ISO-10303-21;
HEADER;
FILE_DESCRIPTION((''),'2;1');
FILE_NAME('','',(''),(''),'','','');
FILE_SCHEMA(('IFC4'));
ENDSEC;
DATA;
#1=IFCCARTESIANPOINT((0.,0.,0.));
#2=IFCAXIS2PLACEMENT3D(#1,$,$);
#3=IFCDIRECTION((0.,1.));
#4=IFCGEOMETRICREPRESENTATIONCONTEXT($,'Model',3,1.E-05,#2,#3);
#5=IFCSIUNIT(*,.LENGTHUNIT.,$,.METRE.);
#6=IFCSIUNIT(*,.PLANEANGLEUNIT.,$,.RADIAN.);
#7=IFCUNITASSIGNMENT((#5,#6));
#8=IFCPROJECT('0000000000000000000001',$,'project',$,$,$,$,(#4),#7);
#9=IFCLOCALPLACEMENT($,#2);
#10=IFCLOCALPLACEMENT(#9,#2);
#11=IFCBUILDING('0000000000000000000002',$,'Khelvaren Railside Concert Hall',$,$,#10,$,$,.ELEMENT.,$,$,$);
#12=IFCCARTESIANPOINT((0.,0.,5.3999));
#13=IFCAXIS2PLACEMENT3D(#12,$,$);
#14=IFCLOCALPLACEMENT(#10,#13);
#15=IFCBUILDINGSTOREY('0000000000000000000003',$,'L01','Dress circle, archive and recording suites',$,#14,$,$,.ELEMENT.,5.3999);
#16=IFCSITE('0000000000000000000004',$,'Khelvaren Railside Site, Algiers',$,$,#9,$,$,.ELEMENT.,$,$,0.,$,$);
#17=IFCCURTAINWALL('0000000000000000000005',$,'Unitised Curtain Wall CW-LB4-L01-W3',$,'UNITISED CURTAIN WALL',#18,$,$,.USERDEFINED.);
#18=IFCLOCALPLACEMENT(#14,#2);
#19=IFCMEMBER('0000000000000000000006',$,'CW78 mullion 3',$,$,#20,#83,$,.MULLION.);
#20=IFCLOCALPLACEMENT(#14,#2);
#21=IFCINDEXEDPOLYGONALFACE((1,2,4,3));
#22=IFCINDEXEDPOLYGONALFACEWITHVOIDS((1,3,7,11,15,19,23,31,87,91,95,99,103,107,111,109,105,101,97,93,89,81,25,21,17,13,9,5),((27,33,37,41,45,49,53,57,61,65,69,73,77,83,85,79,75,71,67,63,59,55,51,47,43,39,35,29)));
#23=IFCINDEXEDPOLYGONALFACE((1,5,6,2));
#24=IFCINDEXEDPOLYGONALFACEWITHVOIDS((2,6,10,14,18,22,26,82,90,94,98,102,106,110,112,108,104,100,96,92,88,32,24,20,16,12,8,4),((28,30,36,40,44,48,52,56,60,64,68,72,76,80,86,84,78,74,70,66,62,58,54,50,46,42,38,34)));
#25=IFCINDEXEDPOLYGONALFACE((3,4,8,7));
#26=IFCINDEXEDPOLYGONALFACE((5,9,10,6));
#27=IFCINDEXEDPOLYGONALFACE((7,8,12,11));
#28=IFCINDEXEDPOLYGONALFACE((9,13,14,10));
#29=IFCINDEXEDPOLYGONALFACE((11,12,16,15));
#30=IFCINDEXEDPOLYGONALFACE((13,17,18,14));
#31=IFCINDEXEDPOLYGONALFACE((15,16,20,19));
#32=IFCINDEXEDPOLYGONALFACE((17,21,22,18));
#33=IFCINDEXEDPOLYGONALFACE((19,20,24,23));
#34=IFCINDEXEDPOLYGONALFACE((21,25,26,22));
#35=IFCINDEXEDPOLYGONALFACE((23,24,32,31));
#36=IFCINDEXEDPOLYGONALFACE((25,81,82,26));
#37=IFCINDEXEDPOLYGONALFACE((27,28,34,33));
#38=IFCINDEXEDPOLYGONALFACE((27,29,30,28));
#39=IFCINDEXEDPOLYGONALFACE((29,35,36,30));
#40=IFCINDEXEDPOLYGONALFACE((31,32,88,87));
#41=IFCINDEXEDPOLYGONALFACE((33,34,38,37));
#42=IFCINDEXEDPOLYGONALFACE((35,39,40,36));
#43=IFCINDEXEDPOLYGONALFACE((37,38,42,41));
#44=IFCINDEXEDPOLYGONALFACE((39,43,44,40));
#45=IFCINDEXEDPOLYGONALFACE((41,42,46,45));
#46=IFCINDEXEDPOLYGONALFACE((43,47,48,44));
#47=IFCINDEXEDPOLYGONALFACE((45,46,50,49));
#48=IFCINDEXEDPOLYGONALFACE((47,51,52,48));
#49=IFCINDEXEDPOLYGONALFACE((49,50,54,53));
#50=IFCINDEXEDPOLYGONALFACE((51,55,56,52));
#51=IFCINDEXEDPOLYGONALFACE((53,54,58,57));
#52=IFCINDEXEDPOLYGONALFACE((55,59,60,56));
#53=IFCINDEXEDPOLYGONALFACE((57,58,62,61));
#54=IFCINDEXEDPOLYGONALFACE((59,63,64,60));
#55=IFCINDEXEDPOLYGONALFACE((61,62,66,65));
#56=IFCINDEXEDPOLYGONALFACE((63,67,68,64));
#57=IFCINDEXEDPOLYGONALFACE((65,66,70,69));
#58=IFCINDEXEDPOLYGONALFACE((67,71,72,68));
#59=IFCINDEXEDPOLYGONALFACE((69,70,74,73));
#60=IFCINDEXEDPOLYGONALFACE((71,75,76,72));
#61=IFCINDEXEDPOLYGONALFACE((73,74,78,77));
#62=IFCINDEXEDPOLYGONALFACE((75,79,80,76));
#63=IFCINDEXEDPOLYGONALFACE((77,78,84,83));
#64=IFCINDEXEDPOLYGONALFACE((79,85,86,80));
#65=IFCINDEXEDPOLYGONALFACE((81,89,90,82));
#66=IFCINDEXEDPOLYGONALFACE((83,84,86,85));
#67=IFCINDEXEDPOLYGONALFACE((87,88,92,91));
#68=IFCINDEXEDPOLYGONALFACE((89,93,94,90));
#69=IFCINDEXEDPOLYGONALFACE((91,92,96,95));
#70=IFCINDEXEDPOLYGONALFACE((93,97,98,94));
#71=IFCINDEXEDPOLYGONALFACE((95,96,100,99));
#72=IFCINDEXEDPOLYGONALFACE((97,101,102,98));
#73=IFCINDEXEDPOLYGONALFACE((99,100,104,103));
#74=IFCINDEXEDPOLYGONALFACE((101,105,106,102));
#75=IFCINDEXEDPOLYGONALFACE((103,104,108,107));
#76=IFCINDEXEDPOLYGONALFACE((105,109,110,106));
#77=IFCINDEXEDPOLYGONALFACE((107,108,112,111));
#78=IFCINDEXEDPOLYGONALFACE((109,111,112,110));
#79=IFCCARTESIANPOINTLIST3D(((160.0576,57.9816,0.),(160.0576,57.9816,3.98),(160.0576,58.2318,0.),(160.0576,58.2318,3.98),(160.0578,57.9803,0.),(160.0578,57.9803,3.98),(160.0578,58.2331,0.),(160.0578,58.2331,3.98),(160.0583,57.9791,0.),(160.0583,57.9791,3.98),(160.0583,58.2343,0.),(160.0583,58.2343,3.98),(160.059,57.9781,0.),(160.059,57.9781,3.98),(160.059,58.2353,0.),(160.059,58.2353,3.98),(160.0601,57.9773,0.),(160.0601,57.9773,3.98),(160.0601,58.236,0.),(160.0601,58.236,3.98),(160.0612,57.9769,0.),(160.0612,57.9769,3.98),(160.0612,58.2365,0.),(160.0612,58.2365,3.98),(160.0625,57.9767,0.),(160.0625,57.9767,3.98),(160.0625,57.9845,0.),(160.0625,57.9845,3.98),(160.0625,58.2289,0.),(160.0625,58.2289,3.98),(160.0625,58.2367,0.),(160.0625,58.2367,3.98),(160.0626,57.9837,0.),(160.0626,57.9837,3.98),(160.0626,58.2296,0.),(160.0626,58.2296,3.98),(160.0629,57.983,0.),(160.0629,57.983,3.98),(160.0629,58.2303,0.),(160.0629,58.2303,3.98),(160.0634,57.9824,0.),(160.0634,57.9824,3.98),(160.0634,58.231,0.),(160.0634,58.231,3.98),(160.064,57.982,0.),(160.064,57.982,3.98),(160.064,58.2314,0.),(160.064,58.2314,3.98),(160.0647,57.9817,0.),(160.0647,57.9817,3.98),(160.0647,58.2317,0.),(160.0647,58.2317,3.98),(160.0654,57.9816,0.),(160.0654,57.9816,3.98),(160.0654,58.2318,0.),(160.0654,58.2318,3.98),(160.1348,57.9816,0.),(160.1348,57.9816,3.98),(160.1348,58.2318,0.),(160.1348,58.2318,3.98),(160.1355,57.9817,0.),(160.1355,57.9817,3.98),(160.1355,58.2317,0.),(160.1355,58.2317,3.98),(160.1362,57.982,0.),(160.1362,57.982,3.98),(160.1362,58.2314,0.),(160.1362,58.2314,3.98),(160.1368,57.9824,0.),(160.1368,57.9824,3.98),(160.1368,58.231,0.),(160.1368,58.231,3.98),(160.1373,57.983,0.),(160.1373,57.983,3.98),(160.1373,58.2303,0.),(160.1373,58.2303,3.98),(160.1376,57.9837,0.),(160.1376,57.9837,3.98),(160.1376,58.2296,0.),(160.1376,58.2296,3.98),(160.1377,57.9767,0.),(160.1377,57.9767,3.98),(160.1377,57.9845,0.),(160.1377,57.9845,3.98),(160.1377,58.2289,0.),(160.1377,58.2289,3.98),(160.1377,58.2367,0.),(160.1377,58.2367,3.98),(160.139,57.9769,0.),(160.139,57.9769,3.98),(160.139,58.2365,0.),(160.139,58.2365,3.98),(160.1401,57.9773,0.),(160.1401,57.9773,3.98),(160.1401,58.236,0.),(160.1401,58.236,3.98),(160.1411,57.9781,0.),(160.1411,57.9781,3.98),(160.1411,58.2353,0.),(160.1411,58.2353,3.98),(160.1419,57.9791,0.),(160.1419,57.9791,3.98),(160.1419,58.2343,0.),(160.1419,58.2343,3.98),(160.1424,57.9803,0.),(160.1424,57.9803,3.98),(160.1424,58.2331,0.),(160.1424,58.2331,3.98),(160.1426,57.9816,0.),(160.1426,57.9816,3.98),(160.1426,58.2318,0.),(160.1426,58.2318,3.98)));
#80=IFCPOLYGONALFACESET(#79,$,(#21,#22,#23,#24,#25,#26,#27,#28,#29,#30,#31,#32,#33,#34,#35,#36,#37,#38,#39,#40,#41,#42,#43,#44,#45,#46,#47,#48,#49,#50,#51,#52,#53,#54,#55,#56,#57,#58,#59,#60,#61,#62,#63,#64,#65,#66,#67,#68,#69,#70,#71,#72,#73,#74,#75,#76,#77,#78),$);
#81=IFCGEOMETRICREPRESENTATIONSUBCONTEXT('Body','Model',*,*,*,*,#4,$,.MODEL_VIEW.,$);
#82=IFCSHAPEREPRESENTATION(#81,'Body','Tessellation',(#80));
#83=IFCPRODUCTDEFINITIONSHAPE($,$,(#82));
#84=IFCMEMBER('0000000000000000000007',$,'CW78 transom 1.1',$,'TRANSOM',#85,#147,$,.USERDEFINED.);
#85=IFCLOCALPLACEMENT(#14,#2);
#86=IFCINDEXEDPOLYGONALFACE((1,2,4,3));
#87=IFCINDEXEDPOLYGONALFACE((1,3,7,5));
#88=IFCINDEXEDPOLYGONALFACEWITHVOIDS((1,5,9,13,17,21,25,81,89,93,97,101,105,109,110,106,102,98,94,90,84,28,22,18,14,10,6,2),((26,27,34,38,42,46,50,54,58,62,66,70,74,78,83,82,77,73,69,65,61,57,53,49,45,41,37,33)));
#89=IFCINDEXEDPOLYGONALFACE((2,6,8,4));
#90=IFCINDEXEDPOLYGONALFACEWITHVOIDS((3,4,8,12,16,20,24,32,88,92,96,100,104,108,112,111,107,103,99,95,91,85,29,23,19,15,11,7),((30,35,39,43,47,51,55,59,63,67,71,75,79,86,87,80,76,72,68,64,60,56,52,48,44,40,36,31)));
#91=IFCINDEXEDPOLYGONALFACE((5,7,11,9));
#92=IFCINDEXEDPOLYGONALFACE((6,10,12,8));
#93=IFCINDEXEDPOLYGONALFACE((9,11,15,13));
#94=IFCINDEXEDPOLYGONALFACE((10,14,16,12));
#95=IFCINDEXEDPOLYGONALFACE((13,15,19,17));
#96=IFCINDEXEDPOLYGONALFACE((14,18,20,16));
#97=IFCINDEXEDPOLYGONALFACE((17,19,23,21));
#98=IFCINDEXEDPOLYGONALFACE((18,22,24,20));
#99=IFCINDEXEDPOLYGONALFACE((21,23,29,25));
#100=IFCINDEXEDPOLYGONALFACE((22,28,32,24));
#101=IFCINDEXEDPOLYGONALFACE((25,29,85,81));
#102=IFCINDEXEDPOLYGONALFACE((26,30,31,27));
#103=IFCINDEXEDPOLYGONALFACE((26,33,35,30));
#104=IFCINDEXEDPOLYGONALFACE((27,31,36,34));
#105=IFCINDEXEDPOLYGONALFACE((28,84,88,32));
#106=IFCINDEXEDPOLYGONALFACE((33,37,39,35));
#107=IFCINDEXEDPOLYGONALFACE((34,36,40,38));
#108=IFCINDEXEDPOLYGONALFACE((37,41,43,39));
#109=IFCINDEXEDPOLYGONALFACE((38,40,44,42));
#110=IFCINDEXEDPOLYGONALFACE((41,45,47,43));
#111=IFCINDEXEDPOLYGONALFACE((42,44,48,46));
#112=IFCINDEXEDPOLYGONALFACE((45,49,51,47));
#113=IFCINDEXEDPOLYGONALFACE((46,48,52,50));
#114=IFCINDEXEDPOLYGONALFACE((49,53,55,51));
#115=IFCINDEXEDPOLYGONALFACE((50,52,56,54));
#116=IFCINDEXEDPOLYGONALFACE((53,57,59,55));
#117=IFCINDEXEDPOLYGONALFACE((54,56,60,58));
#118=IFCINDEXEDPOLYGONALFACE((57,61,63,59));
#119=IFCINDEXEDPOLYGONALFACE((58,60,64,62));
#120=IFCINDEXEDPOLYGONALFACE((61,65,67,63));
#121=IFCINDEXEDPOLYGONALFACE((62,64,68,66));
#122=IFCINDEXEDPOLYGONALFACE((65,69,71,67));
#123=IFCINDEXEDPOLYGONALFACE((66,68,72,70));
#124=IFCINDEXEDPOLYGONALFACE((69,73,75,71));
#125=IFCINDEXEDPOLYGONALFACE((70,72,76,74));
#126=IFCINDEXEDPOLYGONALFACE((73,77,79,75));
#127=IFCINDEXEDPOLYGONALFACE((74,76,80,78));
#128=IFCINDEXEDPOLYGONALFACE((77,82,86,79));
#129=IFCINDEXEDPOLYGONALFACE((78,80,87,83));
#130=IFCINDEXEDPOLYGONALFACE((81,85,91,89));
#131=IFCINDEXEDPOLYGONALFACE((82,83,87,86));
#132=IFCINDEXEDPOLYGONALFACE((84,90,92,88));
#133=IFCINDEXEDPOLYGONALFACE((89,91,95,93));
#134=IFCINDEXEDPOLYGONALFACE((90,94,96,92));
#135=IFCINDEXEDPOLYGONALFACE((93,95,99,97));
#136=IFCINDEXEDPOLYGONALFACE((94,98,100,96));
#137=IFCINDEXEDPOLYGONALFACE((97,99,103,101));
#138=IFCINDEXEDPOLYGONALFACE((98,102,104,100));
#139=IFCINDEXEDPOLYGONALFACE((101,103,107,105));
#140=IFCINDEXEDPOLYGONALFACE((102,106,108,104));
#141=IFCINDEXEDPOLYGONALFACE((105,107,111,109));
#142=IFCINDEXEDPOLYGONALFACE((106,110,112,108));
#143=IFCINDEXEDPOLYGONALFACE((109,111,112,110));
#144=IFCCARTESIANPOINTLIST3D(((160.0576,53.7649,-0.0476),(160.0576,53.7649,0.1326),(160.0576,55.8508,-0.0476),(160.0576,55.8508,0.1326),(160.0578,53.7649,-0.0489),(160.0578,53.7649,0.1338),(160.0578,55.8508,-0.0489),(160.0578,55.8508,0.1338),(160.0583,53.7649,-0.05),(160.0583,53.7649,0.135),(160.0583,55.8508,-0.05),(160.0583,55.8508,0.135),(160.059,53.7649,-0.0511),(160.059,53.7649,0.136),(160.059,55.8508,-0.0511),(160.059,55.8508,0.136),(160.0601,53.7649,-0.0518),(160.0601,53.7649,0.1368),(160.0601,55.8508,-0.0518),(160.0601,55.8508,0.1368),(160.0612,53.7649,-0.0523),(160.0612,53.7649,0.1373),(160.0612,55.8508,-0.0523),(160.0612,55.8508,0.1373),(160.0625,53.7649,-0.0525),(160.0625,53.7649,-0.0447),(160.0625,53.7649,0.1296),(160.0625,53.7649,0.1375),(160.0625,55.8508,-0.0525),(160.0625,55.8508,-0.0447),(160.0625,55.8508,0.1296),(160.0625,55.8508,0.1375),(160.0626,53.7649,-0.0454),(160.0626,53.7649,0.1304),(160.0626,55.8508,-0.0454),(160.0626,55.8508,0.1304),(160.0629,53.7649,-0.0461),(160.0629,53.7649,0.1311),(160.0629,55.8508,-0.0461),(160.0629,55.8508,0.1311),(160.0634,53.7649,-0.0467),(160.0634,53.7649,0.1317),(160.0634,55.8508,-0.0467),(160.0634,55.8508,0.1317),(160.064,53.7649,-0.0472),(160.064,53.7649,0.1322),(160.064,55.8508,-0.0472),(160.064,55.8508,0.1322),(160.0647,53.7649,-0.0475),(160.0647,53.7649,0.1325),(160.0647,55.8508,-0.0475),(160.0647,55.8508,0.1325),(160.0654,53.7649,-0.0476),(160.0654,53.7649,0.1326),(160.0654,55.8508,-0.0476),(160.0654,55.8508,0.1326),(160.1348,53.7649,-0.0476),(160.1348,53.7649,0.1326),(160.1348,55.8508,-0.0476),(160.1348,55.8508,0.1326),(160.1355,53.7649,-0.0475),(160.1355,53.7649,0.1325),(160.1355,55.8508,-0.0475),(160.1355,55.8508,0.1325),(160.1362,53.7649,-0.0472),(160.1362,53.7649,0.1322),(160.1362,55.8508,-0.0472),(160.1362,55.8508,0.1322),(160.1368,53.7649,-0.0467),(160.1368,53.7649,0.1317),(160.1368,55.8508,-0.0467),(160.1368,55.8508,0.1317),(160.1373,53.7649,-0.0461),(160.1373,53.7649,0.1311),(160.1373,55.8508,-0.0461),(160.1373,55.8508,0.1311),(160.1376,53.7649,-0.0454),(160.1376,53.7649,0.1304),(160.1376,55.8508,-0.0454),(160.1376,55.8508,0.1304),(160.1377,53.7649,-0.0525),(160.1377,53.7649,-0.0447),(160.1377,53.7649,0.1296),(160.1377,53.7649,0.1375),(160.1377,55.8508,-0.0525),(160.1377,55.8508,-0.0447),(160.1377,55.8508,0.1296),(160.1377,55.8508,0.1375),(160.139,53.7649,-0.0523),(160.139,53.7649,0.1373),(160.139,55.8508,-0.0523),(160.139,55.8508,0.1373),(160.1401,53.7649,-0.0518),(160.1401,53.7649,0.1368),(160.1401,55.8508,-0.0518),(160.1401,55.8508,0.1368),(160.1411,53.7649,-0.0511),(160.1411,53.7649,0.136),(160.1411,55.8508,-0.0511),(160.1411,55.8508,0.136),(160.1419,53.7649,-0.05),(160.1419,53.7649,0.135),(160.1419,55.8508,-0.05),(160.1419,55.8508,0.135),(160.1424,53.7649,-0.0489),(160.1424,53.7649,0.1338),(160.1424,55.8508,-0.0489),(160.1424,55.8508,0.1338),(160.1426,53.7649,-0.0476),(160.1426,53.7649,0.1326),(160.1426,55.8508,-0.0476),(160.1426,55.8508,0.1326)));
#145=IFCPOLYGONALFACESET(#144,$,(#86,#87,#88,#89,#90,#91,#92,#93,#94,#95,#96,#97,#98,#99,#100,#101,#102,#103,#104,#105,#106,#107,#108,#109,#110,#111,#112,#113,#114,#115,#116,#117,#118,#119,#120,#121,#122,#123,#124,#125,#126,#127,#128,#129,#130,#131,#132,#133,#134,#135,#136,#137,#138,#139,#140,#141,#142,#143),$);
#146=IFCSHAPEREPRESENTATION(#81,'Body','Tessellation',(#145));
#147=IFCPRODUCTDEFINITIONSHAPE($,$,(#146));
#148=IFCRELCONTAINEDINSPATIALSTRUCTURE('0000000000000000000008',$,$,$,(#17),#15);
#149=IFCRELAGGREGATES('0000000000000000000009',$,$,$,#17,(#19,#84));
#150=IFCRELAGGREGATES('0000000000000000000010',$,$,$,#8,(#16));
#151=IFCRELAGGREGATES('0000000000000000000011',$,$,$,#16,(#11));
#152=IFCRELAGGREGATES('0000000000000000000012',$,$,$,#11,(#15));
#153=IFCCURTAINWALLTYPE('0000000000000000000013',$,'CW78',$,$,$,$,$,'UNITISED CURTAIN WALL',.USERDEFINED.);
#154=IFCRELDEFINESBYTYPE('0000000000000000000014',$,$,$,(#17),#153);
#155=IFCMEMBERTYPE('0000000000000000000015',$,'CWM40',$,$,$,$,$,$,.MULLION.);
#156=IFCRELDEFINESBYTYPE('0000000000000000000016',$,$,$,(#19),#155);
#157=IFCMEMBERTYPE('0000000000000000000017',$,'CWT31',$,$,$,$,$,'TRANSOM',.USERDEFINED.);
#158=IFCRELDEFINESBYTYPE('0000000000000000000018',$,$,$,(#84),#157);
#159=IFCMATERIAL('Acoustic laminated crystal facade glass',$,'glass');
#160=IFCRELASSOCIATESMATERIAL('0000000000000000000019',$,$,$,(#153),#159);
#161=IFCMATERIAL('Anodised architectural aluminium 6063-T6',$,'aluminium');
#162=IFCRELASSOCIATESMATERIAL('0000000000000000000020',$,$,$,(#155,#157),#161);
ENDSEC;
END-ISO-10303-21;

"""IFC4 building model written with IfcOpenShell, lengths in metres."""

from ifc_helpers import new_model, si_unit, direction, frame, origin, origin_2d, place, context, subcontext, project, spatial, hollow_rectangle, extrude, material, material_profile, profile_set, type_object, element, aggregate, save


model = new_model("IFC4")

# Units and contexts
model_context = context("Model", 3, precision=1e-05, world=origin(), true_north=direction((0.0, 1.0)))
body_context = subcontext(model_context, "Body", "Model", "MODEL_VIEW")
ifc_project = project(units=[si_unit("LENGTHUNIT", "METRE"), si_unit("PLANEANGLEUNIT", "RADIAN")], contexts=[model_context])

# Site, building, storey
site_placement = place(None, origin())
site = spatial("IfcSite", under=ifc_project, at=site_placement, Name="Khelvaren Railside Site, Algiers", CompositionType="ELEMENT", RefElevation=0.0)
building_placement = place(site_placement, origin())
building = spatial("IfcBuilding", under=site, at=building_placement, Name="Khelvaren Railside Concert Hall", CompositionType="ELEMENT")
storey_placement = place(building_placement, frame((0.0, 0.0, 5.3999)))
storey = spatial("IfcBuildingStorey", under=building, at=storey_placement, Name="L01", Description="Dress circle, archive and recording suites", CompositionType="ELEMENT", Elevation=5.3999)

# Curtain wall, members
ifc_material_1 = material(Name="Acoustic laminated crystal facade glass", Category="glass")
curtain_wall_type = type_object("IfcCurtainWallType", Name="CW78", ElementType="UNITISED CURTAIN WALL", PredefinedType="USERDEFINED", material=ifc_material_1)
curtain_wall_placement = place(storey_placement, origin())
curtain_wall = element("IfcCurtainWall", 1, at=curtain_wall_placement, inside=storey, type_object=curtain_wall_type, Name="Unitised Curtain Wall CW-LB4-L01-W3", ObjectType="UNITISED CURTAIN WALL", PredefinedType="USERDEFINED")
ifc_material_2 = material(Name="Anodised architectural aluminium 6063-T6", Category="aluminium")
ifc_material_profile_1 = material_profile(ifc_material_2, hollow_rectangle(XDim=0.085, YDim=0.26, WallThickness=0.0049, InnerFilletRadius=0.0029, OuterFilletRadius=0.0049, at=origin_2d()), Name="CWM 85x260x5")
ifc_profile_set_1 = profile_set([ifc_material_profile_1], Name="Anodised architectural aluminium 6063-T6")
member_type_1 = type_object("IfcMemberType", Name="CWM40", PredefinedType="MULLION", material=ifc_profile_set_1)
member_1_placement = place(storey_placement, frame((160.1001, 58.1067, 0.0), z_axis=(0.0, 0.0, 1.0), x_axis=(-1.0, 0.0, 0.0)))
member_1 = element("IfcMember", 2, at=member_1_placement, type_object=member_type_1, Name="CW78 mullion 3", PredefinedType="MULLION", context=body_context, shape_type="SweptSolid", body=[
    extrude(hollow_rectangle(XDim=0.085, YDim=0.26, WallThickness=0.0049, InnerFilletRadius=0.0029, OuterFilletRadius=0.0049, at=origin_2d()), origin(), (0.0, 0.0, 1.0), 3.98),
])
ifc_material_profile_2 = material_profile(ifc_material_2, hollow_rectangle(XDim=0.085, YDim=0.1899, WallThickness=0.0049, InnerFilletRadius=0.0029, OuterFilletRadius=0.0049, at=origin_2d()), Name="CWT 85x190x5")
ifc_profile_set_2 = profile_set([ifc_material_profile_2], Name="Anodised architectural aluminium 6063-T6")
member_type_2 = type_object("IfcMemberType", Name="CWT31", ElementType="TRANSOM", PredefinedType="USERDEFINED", material=ifc_profile_set_2)
member_2_placement = place(storey_placement, frame((160.1001, 53.7649, 0.0425), z_axis=(0.0, 1.0, 0.0), x_axis=(-1.0, 0.0, 0.0)))
member_2 = element("IfcMember", 3, at=member_2_placement, type_object=member_type_2, Name="CW78 transom 1.1", ObjectType="TRANSOM", PredefinedType="USERDEFINED", context=body_context, shape_type="SweptSolid", body=[
    extrude(hollow_rectangle(XDim=0.085, YDim=0.1899, WallThickness=0.0049, InnerFilletRadius=0.0029, OuterFilletRadius=0.0049, at=origin_2d()), origin(), (0.0, 0.0, 1.0), 2.0859),
])

aggregate(curtain_wall, [member_1, member_2])

save(model, "model.ifc")
